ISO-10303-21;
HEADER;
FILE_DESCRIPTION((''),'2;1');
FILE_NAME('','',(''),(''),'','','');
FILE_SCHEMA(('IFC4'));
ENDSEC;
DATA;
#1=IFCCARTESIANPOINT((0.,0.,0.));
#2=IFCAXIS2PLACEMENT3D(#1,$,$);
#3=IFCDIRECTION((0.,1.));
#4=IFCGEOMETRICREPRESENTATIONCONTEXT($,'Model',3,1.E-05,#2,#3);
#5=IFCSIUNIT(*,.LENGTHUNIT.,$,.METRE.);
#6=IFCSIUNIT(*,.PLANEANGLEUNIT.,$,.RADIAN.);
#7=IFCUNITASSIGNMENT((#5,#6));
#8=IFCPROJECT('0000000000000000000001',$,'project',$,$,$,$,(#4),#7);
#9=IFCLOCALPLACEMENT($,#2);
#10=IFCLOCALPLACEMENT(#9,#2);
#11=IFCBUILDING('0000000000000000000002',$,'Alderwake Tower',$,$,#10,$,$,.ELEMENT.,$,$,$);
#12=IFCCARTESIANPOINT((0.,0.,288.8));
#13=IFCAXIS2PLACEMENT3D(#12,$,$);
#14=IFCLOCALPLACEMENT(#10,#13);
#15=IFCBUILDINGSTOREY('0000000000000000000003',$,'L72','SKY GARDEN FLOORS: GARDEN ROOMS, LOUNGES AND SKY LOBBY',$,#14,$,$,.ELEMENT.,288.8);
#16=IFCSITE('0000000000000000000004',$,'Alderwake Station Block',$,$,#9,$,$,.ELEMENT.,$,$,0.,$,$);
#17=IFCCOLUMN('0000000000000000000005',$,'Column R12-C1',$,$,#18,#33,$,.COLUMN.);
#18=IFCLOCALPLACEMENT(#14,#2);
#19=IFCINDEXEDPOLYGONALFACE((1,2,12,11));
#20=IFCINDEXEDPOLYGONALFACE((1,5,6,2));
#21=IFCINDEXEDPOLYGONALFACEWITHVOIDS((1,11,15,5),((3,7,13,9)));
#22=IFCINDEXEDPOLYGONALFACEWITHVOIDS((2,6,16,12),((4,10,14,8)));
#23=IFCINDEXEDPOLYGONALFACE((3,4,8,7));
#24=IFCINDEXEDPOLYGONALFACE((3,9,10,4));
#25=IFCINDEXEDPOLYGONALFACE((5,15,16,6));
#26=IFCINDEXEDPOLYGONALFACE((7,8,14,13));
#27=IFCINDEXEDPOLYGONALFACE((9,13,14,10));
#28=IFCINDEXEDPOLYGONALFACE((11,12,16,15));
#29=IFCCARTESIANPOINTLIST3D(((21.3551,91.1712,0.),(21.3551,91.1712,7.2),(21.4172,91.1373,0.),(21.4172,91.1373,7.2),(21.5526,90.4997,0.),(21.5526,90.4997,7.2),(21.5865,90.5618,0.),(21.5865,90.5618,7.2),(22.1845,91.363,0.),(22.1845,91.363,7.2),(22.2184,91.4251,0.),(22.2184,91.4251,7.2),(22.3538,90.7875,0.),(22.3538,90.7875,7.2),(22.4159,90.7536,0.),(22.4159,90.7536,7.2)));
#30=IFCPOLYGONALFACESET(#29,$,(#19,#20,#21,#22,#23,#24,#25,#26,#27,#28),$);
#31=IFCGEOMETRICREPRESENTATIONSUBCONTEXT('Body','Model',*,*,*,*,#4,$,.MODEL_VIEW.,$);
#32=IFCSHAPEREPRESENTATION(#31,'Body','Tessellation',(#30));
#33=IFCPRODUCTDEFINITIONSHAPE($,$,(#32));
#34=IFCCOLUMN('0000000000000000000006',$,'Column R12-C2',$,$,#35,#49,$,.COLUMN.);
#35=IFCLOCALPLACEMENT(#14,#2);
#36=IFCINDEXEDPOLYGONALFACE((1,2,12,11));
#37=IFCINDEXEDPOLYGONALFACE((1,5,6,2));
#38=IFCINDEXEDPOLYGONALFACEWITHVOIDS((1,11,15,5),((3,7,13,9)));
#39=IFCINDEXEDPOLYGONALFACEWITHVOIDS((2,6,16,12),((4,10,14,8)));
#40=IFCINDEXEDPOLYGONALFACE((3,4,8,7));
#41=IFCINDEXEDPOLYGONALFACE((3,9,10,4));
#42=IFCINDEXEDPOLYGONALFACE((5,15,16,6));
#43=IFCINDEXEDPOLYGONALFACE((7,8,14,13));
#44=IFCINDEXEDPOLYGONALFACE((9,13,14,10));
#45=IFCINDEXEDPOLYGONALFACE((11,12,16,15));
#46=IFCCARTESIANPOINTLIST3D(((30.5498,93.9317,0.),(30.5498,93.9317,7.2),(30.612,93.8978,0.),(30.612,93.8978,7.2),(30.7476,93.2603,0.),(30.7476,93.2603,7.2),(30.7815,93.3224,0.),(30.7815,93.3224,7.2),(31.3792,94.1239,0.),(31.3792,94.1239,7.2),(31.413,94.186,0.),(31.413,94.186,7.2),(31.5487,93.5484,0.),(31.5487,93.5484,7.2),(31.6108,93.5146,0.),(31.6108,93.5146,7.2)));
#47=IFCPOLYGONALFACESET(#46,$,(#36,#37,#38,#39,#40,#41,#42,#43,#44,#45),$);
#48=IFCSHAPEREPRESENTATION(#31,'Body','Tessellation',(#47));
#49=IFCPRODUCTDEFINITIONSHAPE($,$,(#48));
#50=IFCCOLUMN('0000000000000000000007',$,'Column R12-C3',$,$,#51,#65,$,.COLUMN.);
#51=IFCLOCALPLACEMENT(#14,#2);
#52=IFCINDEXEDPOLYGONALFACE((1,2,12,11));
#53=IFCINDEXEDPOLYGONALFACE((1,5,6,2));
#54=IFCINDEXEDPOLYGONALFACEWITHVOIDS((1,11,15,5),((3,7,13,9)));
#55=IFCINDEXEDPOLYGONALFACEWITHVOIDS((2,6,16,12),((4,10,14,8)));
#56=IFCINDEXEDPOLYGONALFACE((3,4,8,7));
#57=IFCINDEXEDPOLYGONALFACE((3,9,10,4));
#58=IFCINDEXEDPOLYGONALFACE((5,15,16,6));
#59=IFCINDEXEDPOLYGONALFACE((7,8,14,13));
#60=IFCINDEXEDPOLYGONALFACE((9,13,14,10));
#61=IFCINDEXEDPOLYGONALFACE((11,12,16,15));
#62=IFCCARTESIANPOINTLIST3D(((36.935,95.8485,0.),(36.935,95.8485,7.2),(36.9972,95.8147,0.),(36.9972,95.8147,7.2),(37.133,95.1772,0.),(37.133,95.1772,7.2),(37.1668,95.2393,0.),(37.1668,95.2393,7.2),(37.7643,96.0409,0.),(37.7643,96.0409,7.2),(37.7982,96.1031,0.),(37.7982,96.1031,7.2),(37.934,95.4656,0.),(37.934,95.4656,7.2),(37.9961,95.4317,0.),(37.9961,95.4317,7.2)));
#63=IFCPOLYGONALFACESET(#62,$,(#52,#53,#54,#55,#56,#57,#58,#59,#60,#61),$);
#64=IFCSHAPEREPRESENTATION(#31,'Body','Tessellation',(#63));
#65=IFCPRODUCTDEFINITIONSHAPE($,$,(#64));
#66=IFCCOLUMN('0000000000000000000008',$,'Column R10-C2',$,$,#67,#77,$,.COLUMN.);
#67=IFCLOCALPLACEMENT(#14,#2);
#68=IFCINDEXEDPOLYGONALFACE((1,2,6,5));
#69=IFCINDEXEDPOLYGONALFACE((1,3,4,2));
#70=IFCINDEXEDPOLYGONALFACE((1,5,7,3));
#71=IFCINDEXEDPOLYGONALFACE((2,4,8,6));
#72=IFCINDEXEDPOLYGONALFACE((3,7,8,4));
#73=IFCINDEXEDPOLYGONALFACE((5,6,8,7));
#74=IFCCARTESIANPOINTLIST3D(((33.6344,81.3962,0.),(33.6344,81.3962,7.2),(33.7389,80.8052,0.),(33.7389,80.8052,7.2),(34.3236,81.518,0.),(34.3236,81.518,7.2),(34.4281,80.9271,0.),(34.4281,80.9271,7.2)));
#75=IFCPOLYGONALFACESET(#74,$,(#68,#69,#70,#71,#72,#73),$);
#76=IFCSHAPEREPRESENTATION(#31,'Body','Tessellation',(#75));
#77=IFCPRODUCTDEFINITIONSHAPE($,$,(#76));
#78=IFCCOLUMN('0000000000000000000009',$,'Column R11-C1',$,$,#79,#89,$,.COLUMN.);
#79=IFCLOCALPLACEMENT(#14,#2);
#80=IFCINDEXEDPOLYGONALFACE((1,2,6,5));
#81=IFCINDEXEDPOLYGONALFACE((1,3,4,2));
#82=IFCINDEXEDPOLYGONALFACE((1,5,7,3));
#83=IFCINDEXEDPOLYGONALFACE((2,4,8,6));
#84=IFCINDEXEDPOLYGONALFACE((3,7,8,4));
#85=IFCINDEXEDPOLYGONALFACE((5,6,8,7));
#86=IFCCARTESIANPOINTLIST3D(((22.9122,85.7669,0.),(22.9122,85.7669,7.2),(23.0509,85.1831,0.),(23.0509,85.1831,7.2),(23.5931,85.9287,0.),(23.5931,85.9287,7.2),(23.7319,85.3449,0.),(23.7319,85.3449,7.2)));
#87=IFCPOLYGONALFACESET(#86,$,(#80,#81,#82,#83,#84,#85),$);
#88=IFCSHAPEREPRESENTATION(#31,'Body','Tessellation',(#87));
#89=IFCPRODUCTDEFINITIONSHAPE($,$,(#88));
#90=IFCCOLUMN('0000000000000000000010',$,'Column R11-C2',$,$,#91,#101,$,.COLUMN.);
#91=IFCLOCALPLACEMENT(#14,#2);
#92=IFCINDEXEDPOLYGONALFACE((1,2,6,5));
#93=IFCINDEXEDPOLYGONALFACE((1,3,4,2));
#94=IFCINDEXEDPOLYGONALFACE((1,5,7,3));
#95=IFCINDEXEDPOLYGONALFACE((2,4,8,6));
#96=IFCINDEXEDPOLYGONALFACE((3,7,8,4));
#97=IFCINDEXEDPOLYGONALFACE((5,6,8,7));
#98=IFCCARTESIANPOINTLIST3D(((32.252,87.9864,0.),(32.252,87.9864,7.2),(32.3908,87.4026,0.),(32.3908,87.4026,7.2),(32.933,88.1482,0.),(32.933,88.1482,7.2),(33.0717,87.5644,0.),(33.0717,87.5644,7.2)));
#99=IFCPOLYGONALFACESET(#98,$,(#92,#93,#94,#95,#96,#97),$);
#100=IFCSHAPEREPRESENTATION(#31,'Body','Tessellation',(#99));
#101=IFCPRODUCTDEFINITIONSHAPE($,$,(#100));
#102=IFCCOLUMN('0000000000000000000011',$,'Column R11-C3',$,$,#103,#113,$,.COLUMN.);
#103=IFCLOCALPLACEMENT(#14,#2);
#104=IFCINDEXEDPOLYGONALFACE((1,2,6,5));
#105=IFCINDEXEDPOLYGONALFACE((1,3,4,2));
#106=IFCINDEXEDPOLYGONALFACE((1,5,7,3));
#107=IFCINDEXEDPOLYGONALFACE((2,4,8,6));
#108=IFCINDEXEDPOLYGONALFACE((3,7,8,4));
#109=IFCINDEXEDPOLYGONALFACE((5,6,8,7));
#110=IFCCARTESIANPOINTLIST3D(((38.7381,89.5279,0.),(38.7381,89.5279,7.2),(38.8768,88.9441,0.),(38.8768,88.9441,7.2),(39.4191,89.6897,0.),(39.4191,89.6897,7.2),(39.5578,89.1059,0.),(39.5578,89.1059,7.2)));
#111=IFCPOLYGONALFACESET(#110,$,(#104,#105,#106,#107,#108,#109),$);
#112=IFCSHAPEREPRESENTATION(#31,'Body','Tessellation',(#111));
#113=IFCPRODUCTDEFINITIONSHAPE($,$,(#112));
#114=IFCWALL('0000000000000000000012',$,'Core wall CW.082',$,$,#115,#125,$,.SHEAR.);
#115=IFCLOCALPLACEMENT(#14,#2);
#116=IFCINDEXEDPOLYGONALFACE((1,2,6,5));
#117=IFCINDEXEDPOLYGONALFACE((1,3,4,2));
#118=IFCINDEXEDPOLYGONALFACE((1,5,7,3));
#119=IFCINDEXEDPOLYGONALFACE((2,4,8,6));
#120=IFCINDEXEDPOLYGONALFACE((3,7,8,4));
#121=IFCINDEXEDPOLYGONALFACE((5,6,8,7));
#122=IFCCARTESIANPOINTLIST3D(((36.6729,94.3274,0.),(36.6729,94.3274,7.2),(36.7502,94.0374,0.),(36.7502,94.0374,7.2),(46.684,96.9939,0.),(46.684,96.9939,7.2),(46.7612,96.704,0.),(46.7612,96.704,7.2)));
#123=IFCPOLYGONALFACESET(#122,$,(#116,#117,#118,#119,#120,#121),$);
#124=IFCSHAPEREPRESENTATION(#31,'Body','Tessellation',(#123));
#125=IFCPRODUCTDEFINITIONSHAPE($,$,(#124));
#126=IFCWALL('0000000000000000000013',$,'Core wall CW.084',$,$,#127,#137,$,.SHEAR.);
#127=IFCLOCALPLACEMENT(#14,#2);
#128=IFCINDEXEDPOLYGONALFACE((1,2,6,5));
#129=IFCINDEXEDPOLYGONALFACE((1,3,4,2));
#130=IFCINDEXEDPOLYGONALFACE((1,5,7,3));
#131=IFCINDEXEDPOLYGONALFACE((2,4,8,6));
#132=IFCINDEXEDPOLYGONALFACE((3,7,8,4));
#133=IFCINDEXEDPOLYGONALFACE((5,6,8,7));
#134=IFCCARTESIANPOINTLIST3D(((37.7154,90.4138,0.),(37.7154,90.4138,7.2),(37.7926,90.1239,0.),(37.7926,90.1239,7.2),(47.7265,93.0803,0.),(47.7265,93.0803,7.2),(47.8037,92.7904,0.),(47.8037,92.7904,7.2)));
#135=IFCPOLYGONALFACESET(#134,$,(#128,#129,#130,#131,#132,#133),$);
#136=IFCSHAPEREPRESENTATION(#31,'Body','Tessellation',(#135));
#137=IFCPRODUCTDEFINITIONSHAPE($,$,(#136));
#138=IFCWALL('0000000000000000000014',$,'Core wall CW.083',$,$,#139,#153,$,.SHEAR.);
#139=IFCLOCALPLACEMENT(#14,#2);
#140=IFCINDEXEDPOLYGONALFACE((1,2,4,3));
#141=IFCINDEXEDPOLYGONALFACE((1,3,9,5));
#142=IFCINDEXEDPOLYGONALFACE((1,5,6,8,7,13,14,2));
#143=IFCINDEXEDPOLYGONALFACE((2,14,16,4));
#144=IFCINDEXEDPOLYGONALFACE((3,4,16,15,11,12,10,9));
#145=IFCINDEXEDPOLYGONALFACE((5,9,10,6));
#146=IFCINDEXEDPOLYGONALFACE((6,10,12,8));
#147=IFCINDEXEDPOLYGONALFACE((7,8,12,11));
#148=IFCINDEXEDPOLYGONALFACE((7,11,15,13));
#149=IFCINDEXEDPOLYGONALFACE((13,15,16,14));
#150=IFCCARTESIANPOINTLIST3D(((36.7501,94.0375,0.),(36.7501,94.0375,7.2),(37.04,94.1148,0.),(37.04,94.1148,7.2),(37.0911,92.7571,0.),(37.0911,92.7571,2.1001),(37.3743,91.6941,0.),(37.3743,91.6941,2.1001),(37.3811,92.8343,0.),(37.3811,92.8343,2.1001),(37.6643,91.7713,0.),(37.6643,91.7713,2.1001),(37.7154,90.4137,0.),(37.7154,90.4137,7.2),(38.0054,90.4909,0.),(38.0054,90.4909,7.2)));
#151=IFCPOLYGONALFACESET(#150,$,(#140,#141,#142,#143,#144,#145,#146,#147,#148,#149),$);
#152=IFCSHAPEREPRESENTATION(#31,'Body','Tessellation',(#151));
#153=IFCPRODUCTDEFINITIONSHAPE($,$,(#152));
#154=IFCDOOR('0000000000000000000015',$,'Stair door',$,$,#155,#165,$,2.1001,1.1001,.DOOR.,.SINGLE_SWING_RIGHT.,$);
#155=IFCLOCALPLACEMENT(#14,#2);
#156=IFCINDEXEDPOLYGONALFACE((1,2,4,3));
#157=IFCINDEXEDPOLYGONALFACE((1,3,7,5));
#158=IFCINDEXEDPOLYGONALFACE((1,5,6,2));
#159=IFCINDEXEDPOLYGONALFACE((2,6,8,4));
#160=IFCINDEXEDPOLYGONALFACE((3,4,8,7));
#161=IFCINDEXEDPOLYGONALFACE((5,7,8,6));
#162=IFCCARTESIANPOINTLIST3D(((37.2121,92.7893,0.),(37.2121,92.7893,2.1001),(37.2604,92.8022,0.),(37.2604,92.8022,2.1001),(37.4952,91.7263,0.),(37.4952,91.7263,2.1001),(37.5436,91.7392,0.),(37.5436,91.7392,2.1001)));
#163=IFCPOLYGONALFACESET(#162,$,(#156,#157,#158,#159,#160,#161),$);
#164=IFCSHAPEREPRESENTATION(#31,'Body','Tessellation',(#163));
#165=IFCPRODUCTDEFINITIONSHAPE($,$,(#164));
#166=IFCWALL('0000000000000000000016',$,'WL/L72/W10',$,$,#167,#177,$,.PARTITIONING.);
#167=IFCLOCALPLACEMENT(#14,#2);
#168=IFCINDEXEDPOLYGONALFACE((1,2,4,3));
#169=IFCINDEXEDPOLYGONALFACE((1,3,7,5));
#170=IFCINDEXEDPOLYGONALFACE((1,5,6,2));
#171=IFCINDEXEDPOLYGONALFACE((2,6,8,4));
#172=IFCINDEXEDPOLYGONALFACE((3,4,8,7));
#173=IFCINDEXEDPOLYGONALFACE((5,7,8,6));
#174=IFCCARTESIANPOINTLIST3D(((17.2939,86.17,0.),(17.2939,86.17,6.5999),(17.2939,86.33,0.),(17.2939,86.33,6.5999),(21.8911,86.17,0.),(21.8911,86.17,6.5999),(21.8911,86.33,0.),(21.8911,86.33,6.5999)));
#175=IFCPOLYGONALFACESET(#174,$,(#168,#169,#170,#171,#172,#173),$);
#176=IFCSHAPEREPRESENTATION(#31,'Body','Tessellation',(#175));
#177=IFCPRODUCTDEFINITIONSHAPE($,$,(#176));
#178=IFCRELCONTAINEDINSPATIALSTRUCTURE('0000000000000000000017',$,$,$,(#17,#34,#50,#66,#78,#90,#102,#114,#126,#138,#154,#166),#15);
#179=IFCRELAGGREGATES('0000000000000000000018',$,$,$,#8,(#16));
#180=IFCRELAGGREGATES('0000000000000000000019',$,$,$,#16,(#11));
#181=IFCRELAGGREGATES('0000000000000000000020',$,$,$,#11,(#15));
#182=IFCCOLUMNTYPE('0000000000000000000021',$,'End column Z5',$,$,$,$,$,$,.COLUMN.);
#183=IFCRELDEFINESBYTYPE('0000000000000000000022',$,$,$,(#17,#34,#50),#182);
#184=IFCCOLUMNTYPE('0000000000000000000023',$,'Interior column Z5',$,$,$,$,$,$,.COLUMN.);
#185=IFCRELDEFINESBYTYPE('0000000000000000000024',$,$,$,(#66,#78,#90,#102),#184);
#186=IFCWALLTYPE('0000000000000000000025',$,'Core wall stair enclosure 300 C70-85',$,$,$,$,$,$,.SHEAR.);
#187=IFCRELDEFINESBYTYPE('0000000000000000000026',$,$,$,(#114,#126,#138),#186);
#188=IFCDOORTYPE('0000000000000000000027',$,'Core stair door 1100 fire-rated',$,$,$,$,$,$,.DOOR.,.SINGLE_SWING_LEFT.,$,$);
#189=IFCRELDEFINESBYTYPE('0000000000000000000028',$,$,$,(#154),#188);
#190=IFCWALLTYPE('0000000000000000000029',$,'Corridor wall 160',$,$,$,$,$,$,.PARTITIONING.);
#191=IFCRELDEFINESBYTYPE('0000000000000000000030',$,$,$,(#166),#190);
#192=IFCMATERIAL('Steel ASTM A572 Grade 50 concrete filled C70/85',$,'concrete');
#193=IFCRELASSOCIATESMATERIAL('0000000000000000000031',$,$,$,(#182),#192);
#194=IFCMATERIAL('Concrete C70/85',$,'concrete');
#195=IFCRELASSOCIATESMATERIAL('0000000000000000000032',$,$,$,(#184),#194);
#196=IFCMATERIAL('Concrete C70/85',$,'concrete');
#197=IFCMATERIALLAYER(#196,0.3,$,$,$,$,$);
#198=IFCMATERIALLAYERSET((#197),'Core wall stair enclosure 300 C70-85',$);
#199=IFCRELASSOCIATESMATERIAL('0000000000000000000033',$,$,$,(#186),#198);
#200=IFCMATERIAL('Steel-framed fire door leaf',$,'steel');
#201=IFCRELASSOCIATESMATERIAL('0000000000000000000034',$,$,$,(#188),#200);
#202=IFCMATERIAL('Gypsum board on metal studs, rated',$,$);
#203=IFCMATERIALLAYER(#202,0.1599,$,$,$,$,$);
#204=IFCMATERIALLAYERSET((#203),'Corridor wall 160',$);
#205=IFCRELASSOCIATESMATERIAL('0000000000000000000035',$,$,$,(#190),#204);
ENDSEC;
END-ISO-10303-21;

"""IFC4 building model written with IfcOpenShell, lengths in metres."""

from ifc_helpers import new_model, si_unit, direction, frame, frame_2d, origin, origin_2d, place, context, subcontext, project, spatial, rectangle, hollow_rectangle, extrude, material, layer, layer_set, material_profile, profile_set, type_object, element, fill, save


model = new_model("IFC4")

# Units and contexts
model_context = context("Model", 3, precision=1e-05, world=origin(), true_north=direction((0.0, 1.0)))
body_context = subcontext(model_context, "Body", "Model", "MODEL_VIEW")
ifc_project = project(units=[si_unit("LENGTHUNIT", "METRE"), si_unit("PLANEANGLEUNIT", "RADIAN")], contexts=[model_context])

# Site, building, storey
site_placement = place(None, origin())
site = spatial("IfcSite", under=ifc_project, at=site_placement, Name="Alderwake Station Block", CompositionType="ELEMENT", RefElevation=0.0)
building_placement = place(site_placement, origin())
building = spatial("IfcBuilding", under=site, at=building_placement, Name="Alderwake Tower", CompositionType="ELEMENT")
storey_placement = place(building_placement, frame((0.0, 0.0, 288.8)))
storey = spatial("IfcBuildingStorey", under=building, at=storey_placement, Name="L72", Description="SKY GARDEN FLOORS: GARDEN ROOMS, LOUNGES AND SKY LOBBY", CompositionType="ELEMENT", Elevation=288.8)

# Columns
ifc_material_1 = material(Name="Steel ASTM A572 Grade 50 concrete filled C70/85", Category="concrete")
ifc_material_profile_1 = material_profile(ifc_material_1, hollow_rectangle(XDim=0.7, YDim=0.8999, WallThickness=0.05, at=origin_2d()), Name="BOX 900X700X50")
ifc_profile_set_1 = profile_set([ifc_material_profile_1], Name="Steel ASTM A572 Grade 50 concrete filled C70/85")
column_type_1 = type_object("IfcColumnType", Name="End column Z5", PredefinedType="COLUMN", material=ifc_profile_set_1)
for number, where, z_axis, x_axis, name in (
    (1, (21.8855, 90.9624, 0.0), (0.0, 0.0, 1.0), (-0.282132, 0.959376, 0.0), "Column R12-C1"),
    (2, (31.0803, 93.7231, 0.0), (0.0, 0.0, 1.0), (-0.282583, 0.959243, 0.0), "Column R12-C2"),
    (3, (37.4656, 95.6401, 0.0), (0.0, 0.0, 1.0), (-0.282854, 0.959163, 0.0), "Column R12-C3"),
):
    element("IfcColumn", number, at=place(storey_placement, frame(where, z_axis=z_axis, x_axis=x_axis)), inside=storey, type_object=column_type_1, Name=name, PredefinedType="COLUMN", context=body_context, shape_type="SweptSolid", body=[
        extrude(hollow_rectangle(XDim=0.7, YDim=0.8999, WallThickness=0.05, at=origin_2d()), origin(), (0.0, 0.0, 1.0), 7.2),
    ])
ifc_material_2 = material(Name="Concrete C70/85", Category="concrete")
ifc_material_profile_2 = material_profile(ifc_material_2, rectangle(XDim=0.6001, YDim=0.7, at=origin_2d()), Name="RC 700X600")
ifc_profile_set_2 = profile_set([ifc_material_profile_2], Name="Concrete C70/85")
column_type_2 = type_object("IfcColumnType", Name="Interior column Z5", PredefinedType="COLUMN", material=ifc_profile_set_2)
for number, where, z_axis, x_axis, name in (
    (4, (34.0312, 81.1616, 0.0), (0.0, 0.0, 1.0), (-0.174109, 0.984726, 0.0), "Column R10-C2"),
    (5, (23.322, 85.5559, 0.0), (0.0, 0.0, 1.0), (-0.231222, 0.972901, 0.0), "Column R11-C1"),
    (6, (32.6619, 87.7754, 0.0), (0.0, 0.0, 1.0), (-0.231222, 0.972901, 0.0), "Column R11-C2"),
    (7, (39.1479, 89.3169, 0.0), (0.0, 0.0, 1.0), (-0.231222, 0.972901, 0.0), "Column R11-C3"),
):
    element("IfcColumn", number, at=place(storey_placement, frame(where, z_axis=z_axis, x_axis=x_axis)), inside=storey, type_object=column_type_2, Name=name, PredefinedType="COLUMN", context=body_context, shape_type="SweptSolid", body=[
        extrude(rectangle(XDim=0.6001, YDim=0.7, at=origin_2d()), origin(), (0.0, 0.0, 1.0), 7.2),
    ])

# Walls
ifc_material_3 = material(Name="Concrete C70/85", Category="concrete")
ifc_layer_1 = layer(ifc_material_3, 0.3)
ifc_layer_set_1 = layer_set([ifc_layer_1], Name="Core wall stair enclosure 300 C70-85")
wall_type_1 = type_object("IfcWallType", Name="Core wall stair enclosure 300 C70-85", PredefinedType="SHEAR", material=ifc_layer_set_1)
for number, where, z_axis, x_axis, name in (
    (8, (36.7114, 94.1824, 0.0), (0.0, 0.0, 1.0), (0.966309, 0.257384, 0.0), "Core wall CW.082"),
    (9, (37.7539, 90.2688, 0.0), (0.0, 0.0, 1.0), (0.966309, 0.257384, 0.0), "Core wall CW.084"),
):
    element("IfcWall", number, at=place(storey_placement, frame(where, z_axis=z_axis, x_axis=x_axis)), inside=storey, type_object=wall_type_1, Name=name, PredefinedType="SHEAR", context=body_context, shape_type="SweptSolid", body=[
        extrude(rectangle(XDim=10.3601, YDim=0.3, at=frame_2d((5.1802, 0.0))), origin(), (0.0, 0.0, 1.0), 7.2),
    ])

# Wall, opening, door
wall_1_placement = place(storey_placement, frame((37.8604, 90.4524, 0.0), z_axis=(0.0, 0.0, 1.0), x_axis=(-0.257411, 0.966302, 0.0)))
wall_1 = element("IfcWall", 10, at=wall_1_placement, inside=storey, type_object=wall_type_1, Name="Core wall CW.083", PredefinedType="SHEAR", context=body_context, shape_type="SweptSolid", body=[
    extrude(rectangle(XDim=3.7502, YDim=0.3, at=frame_2d((1.875, 0.0))), origin(), (0.0, 0.0, 1.0), 7.2),
])
opening_1_placement = place(wall_1_placement, frame((1.325, 0.0, 0.0)))
opening_1 = element("IfcOpeningElement", 11, at=opening_1_placement, cuts=wall_1, PredefinedType="OPENING", context=body_context, shape_type="SweptSolid", body=[
    extrude(rectangle(XDim=1.1001, YDim=2.1001, at=frame_2d((0.55, 1.05))), frame((0.0, 0.1599, 0.0), z_axis=(0.0, -1.0, 0.0), x_axis=(1.0, 0.0, 0.0)), (0.0, 0.0, 1.0), 0.3201),
])
ifc_material_4 = material(Name="Steel-framed fire door leaf", Category="steel")
door_type_1 = type_object("IfcDoorType", Name="Core stair door 1100 fire-rated", OperationType="SINGLE_SWING_LEFT", PredefinedType="DOOR", material=ifc_material_4)
door_1_placement = place(opening_1_placement, origin())
door_1 = element("IfcDoor", 12, at=door_1_placement, inside=storey, type_object=door_type_1, Name="Stair door", OperationType="SINGLE_SWING_RIGHT", OverallHeight=2.1001, OverallWidth=1.1001, PredefinedType="DOOR", context=body_context, shape_type="SweptSolid", body=[
    extrude(rectangle(XDim=1.1001, YDim=2.1001, at=frame_2d((0.55, 1.05))), frame((0.0, 0.0249, 0.0), z_axis=(0.0, -1.0, 0.0), x_axis=(1.0, 0.0, 0.0)), (0.0, 0.0, 1.0), 0.05),
])
fill(opening_1, door_1)

# Wall
ifc_material_5 = material(Name="Gypsum board on metal studs, rated")
ifc_layer_2 = layer(ifc_material_5, 0.1599)
ifc_layer_set_2 = layer_set([ifc_layer_2], Name="Corridor wall 160")
wall_type_2 = type_object("IfcWallType", Name="Corridor wall 160", PredefinedType="PARTITIONING", material=ifc_layer_set_2)
wall_2_placement = place(storey_placement, frame((21.8911, 86.25, 0.0), z_axis=(0.0, 0.0, 1.0), x_axis=(-1.0, 0.0, 0.0)))
element("IfcWall", 13, at=wall_2_placement, inside=storey, type_object=wall_type_2, Name="WL/L72/W10", PredefinedType="PARTITIONING", context=body_context, shape_type="SweptSolid", body=[
    extrude(rectangle(XDim=4.5972, YDim=0.1599, at=frame_2d((2.2986, 0.0))), origin(), (0.0, 0.0, 1.0), 6.5999),
])

save(model, "model.ifc")
